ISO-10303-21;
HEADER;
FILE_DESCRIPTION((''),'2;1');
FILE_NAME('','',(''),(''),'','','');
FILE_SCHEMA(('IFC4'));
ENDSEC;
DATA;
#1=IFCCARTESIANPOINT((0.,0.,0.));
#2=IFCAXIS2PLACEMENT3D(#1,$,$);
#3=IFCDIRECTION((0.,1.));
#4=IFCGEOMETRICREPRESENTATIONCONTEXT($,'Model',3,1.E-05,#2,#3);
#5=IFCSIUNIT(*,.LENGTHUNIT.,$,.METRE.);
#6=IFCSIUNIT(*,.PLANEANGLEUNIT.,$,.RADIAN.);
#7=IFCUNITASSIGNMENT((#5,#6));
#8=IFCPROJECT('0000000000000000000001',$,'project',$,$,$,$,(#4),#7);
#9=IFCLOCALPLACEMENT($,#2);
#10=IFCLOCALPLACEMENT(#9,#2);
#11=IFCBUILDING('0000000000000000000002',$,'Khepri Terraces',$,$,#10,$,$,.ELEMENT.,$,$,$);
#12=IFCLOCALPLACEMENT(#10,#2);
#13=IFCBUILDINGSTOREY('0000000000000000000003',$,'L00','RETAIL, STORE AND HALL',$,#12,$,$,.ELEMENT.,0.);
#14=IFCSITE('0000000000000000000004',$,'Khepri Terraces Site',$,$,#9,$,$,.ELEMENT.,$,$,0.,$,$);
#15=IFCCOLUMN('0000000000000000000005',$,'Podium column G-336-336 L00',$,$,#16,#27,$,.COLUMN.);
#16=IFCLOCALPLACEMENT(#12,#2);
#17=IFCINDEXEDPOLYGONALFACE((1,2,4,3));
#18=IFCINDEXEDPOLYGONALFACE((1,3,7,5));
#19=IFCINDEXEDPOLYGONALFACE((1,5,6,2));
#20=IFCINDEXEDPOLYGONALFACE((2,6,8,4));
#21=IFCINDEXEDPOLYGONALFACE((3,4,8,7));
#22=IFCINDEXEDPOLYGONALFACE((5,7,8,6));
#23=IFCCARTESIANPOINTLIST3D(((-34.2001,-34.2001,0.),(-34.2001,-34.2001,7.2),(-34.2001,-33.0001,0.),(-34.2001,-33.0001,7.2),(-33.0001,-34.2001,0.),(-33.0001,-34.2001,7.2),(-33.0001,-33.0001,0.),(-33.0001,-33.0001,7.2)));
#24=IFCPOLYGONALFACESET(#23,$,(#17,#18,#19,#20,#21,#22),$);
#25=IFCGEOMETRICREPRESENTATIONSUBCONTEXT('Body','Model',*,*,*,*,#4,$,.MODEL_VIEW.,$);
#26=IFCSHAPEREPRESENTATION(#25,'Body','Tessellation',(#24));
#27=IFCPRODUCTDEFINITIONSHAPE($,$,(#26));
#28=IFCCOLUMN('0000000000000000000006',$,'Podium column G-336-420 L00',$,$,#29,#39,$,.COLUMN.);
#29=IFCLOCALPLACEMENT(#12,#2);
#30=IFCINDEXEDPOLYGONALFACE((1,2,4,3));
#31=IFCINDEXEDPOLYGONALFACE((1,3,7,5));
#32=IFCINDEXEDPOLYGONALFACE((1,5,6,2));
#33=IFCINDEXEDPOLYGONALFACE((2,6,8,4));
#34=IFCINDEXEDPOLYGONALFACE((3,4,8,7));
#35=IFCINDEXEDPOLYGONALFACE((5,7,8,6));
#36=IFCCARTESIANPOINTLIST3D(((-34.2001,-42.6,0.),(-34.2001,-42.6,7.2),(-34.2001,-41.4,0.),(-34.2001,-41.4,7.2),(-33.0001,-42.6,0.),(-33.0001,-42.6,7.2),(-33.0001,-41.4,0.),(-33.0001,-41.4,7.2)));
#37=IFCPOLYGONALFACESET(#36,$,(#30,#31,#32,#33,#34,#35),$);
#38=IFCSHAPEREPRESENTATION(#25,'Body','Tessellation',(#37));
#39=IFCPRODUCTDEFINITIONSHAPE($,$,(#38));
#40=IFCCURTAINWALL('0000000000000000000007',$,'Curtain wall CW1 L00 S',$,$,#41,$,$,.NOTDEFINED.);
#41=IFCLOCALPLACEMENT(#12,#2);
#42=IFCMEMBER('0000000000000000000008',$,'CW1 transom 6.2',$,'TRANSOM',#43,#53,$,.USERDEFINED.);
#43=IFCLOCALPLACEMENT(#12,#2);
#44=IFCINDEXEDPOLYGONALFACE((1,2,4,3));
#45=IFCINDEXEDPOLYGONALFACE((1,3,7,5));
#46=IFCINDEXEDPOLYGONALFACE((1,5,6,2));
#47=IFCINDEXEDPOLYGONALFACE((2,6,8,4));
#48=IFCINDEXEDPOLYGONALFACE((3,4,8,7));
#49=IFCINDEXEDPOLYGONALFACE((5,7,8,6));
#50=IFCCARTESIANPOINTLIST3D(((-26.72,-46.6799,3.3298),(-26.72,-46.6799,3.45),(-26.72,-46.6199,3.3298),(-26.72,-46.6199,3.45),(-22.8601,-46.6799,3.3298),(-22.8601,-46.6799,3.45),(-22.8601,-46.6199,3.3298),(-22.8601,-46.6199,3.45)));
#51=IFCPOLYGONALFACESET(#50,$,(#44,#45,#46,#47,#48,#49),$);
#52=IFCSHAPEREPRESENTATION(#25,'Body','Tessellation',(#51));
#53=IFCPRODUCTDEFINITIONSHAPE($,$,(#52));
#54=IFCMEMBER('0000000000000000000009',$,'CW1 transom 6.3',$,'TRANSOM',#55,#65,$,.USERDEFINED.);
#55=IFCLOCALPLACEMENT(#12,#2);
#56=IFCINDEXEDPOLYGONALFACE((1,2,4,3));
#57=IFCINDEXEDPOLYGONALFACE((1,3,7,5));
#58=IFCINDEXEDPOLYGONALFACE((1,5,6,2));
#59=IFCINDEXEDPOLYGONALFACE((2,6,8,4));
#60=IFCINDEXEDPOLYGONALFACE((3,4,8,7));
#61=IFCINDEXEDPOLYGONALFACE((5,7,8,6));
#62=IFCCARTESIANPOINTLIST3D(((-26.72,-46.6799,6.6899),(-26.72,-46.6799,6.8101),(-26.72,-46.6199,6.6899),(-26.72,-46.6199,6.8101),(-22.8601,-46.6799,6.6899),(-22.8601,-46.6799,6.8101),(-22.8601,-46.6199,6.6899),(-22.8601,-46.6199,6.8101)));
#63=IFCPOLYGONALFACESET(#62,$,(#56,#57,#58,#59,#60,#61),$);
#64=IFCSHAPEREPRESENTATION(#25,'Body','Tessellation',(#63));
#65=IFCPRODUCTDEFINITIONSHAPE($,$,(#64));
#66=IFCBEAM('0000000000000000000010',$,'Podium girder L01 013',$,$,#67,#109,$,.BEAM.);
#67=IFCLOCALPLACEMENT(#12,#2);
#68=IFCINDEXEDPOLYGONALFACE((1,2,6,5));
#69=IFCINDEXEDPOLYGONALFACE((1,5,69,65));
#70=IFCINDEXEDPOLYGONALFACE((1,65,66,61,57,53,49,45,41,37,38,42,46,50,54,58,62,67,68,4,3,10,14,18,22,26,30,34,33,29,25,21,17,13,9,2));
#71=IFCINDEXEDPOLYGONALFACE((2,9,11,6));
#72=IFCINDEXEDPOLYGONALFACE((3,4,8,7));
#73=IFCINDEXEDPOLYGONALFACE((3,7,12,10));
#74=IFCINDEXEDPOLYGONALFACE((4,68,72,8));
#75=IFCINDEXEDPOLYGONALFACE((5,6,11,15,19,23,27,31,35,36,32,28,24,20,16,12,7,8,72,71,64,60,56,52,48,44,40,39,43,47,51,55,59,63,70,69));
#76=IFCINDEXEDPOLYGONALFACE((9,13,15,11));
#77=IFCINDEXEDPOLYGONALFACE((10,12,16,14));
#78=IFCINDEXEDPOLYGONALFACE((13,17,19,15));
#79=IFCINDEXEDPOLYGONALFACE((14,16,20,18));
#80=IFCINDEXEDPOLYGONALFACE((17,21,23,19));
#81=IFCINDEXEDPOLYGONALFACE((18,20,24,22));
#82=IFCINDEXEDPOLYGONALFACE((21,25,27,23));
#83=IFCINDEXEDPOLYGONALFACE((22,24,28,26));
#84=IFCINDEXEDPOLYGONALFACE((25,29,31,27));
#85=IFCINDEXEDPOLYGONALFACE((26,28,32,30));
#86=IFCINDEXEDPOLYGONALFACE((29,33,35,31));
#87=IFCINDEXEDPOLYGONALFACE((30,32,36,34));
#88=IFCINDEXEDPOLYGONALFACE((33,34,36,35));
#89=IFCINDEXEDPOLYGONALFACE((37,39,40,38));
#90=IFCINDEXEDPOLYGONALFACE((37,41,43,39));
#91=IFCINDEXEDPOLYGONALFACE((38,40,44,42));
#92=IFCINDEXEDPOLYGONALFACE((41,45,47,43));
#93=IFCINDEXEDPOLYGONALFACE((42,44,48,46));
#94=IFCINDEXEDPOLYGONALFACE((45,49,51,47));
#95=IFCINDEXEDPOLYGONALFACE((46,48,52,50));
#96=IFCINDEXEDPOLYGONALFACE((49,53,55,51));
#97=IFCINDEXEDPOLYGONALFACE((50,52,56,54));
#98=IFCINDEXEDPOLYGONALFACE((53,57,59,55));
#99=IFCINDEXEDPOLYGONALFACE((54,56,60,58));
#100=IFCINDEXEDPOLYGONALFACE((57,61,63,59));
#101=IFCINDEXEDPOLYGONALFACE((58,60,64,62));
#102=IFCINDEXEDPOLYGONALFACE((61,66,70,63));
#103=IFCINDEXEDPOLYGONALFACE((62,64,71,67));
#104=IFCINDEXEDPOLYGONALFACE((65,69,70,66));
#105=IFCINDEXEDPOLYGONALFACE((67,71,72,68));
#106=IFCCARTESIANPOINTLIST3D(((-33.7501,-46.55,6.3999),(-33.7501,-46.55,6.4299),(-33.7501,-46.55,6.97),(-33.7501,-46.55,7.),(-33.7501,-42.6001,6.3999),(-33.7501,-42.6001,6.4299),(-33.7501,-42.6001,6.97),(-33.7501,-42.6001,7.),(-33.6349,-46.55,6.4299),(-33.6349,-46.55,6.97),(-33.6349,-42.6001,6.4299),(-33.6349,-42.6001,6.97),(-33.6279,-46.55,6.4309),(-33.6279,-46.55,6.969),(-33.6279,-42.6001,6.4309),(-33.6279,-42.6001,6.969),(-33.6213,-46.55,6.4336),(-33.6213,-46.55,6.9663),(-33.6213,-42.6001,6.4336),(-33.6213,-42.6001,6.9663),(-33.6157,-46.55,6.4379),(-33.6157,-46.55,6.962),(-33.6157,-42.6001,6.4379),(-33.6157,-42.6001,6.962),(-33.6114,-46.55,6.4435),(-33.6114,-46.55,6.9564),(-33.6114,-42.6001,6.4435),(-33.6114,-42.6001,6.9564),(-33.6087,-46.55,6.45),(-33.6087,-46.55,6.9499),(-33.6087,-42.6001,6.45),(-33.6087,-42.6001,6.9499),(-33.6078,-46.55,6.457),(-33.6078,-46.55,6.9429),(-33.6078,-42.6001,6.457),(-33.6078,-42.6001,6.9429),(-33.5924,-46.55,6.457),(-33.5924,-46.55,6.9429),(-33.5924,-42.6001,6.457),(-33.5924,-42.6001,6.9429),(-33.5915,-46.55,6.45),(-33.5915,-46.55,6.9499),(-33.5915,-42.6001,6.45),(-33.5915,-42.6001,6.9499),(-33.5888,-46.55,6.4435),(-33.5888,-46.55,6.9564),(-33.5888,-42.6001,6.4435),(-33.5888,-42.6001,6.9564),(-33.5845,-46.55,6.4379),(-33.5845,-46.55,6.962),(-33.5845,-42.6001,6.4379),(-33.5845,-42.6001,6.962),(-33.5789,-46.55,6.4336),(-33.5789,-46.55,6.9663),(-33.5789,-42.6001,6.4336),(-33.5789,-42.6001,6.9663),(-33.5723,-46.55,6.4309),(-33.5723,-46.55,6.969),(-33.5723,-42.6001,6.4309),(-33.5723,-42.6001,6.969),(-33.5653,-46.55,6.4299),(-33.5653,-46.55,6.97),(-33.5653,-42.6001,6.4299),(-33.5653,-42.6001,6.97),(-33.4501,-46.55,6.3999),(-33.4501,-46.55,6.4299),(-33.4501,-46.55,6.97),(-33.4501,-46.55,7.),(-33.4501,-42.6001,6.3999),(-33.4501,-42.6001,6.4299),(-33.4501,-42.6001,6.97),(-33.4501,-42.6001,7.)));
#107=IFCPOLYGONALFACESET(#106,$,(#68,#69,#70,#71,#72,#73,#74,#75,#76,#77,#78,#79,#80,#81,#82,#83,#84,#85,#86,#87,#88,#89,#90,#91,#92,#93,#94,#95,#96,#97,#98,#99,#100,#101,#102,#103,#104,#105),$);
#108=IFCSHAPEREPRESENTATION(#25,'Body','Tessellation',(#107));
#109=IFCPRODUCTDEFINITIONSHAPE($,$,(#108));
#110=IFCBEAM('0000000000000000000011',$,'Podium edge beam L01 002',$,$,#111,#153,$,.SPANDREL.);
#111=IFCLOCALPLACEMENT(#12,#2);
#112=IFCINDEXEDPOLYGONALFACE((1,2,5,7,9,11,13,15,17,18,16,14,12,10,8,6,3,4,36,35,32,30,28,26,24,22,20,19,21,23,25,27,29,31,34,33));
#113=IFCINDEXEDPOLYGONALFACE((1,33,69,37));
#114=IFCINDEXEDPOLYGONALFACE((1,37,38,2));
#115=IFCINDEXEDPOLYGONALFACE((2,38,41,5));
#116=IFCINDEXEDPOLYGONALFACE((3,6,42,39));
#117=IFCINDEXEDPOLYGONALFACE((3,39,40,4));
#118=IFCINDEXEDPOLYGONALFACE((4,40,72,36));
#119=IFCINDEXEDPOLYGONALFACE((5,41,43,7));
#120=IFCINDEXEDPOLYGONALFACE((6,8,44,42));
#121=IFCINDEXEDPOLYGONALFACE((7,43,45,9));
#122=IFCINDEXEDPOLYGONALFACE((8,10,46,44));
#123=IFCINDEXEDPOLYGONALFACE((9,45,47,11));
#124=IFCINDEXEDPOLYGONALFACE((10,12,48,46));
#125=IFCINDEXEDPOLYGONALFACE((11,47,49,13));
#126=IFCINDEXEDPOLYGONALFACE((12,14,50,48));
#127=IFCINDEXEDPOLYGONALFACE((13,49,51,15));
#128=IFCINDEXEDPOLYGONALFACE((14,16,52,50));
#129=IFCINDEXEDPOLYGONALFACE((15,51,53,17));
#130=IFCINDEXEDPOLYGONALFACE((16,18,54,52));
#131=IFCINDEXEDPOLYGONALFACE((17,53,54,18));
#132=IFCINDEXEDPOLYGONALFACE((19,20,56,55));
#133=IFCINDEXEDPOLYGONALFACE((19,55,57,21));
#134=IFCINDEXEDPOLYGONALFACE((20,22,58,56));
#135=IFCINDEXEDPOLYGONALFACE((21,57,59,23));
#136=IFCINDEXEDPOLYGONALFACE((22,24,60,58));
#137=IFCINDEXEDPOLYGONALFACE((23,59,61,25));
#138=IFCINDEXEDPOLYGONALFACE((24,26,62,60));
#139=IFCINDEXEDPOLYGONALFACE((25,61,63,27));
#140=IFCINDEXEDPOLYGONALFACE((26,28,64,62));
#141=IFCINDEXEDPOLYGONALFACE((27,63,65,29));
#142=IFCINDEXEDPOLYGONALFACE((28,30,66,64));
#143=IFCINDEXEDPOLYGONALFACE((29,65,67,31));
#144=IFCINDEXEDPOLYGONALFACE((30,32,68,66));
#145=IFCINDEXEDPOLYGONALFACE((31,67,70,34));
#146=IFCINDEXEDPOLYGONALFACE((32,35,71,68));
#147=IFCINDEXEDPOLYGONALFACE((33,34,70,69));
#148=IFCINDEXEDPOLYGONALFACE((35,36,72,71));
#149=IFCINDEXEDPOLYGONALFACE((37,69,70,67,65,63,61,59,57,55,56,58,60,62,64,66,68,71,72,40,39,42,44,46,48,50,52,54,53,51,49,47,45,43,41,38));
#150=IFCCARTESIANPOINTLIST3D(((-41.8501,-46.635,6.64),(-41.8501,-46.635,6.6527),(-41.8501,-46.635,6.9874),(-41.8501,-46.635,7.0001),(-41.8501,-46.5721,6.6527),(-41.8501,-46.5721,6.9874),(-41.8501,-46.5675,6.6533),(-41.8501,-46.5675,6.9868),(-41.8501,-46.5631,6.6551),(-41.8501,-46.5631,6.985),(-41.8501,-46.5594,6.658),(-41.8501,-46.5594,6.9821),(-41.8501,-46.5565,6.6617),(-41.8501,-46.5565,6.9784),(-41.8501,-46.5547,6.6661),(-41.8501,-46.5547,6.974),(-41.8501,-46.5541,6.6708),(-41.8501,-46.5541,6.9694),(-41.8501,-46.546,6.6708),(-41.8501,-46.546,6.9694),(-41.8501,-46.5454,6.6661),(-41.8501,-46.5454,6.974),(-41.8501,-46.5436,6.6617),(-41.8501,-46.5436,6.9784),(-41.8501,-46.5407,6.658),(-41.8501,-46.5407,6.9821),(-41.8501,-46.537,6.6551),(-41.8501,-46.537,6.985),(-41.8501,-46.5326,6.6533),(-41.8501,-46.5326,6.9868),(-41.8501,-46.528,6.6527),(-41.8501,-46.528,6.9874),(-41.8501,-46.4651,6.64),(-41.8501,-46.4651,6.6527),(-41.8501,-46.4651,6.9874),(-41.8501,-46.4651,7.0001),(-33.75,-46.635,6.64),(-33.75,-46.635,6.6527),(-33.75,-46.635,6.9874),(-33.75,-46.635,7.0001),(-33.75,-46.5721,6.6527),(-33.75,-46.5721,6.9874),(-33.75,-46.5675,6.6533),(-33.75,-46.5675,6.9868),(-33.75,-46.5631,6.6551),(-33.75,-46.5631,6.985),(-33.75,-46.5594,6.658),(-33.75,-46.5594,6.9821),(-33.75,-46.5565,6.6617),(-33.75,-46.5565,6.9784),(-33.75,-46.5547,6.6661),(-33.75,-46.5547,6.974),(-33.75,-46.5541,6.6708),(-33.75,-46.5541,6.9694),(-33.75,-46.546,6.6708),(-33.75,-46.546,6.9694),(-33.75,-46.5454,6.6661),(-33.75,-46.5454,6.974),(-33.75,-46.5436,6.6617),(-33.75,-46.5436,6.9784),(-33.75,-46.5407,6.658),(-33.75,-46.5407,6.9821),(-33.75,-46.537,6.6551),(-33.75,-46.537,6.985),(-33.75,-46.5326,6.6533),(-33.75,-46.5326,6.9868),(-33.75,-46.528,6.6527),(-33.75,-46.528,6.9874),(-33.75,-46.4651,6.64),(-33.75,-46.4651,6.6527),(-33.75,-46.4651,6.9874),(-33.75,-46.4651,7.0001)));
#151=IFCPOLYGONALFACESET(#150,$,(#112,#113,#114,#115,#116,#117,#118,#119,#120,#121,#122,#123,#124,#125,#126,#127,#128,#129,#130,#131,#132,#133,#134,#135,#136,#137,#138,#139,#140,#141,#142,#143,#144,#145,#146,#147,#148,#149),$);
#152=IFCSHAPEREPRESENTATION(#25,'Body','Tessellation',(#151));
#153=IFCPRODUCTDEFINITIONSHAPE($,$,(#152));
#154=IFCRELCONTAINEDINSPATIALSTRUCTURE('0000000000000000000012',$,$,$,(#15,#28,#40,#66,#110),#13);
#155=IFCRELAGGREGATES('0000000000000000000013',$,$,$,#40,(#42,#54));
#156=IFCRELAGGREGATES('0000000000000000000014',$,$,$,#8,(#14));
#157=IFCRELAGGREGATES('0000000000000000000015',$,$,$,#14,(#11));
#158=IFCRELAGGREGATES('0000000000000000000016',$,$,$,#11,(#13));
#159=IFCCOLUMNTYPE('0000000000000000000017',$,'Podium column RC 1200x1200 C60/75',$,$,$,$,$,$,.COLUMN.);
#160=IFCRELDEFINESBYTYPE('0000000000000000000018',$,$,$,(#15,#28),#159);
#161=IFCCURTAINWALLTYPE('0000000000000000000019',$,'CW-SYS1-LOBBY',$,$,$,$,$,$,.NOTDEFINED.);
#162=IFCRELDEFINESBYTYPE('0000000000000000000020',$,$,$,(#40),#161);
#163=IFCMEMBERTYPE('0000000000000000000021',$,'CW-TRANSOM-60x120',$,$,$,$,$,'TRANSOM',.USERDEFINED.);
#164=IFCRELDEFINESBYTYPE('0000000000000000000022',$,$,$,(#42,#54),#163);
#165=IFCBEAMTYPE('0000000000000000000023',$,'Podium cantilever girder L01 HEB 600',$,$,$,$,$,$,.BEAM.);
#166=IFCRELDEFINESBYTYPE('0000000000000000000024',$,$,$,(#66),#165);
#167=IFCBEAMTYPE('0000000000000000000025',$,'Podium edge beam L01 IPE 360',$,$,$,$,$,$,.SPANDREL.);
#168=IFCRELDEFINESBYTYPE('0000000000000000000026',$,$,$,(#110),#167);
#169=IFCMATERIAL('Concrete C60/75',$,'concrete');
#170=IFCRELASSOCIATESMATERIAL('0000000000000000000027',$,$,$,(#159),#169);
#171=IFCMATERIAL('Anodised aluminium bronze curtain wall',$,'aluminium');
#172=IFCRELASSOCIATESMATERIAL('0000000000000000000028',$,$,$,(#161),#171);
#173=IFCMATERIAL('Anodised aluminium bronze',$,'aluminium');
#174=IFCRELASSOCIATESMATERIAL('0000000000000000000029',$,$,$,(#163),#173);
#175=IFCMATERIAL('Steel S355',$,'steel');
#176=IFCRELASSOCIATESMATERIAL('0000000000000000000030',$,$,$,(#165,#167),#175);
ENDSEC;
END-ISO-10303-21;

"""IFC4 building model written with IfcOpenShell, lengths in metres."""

from ifc_helpers import new_model, si_unit, direction, frame, origin, origin_2d, place, context, subcontext, project, spatial, rectangle, i_section, extrude, material, material_profile, profile_set, type_object, element, aggregate, save


model = new_model("IFC4")

# Units and contexts
model_context = context("Model", 3, precision=1e-05, world=origin(), true_north=direction((0.0, 1.0)))
body_context = subcontext(model_context, "Body", "Model", "MODEL_VIEW")
ifc_project = project(units=[si_unit("LENGTHUNIT", "METRE"), si_unit("PLANEANGLEUNIT", "RADIAN")], contexts=[model_context])

# Site, building, storey
site_placement = place(None, origin())
site = spatial("IfcSite", under=ifc_project, at=site_placement, Name="Khepri Terraces Site", CompositionType="ELEMENT", RefElevation=0.0)
building_placement = place(site_placement, origin())
building = spatial("IfcBuilding", under=site, at=building_placement, Name="Khepri Terraces", CompositionType="ELEMENT")
storey_placement = place(building_placement, origin())
storey = spatial("IfcBuildingStorey", under=building, at=storey_placement, Name="L00", Description="RETAIL, STORE AND HALL", CompositionType="ELEMENT", Elevation=0.0)

# Columns
ifc_material_1 = material(Name="Concrete C60/75", Category="concrete")
ifc_material_profile_1 = material_profile(ifc_material_1, rectangle(XDim=1.2, YDim=1.2, at=origin_2d()), Name="Concrete C60/75", Category="concrete")
ifc_profile_set_1 = profile_set([ifc_material_profile_1], Name="Concrete C60/75")
column_type = type_object("IfcColumnType", Name="Podium column RC 1200x1200 C60/75", PredefinedType="COLUMN", material=ifc_profile_set_1)
for number, where, z_axis, x_axis, name in (
    (1, (-33.6001, -33.6001, 0.0), (0.0, 0.0, 1.0), (1.0, 0.0, 0.0), "Podium column G-336-336 L00"),
    (2, (-33.6001, -42.0, 0.0), (0.0, 0.0, 1.0), (1.0, 0.0, 0.0), "Podium column G-336-420 L00"),
):
    element("IfcColumn", number, at=place(storey_placement, frame(where, z_axis=z_axis, x_axis=x_axis)), inside=storey, type_object=column_type, Name=name, PredefinedType="COLUMN", context=body_context, shape_type="SweptSolid", body=[
        extrude(rectangle(XDim=1.2, YDim=1.2, at=origin_2d()), origin(), (0.0, 0.0, 1.0), 7.2),
    ])

# Curtain wall, members
ifc_material_2 = material(Name="Anodised aluminium bronze curtain wall", Category="aluminium")
curtain_wall_type = type_object("IfcCurtainWallType", Name="CW-SYS1-LOBBY", PredefinedType="NOTDEFINED", material=ifc_material_2)
curtain_wall_placement = place(storey_placement, origin())
curtain_wall = element("IfcCurtainWall", 3, at=curtain_wall_placement, inside=storey, type_object=curtain_wall_type, Name="Curtain wall CW1 L00 S", PredefinedType="NOTDEFINED")
ifc_material_3 = material(Name="Anodised aluminium bronze", Category="aluminium")
ifc_material_profile_2 = material_profile(ifc_material_3, rectangle(XDim=0.0601, YDim=0.1201, at=origin_2d()), Name="Anodised aluminium bronze", Category="aluminium")
ifc_profile_set_2 = profile_set([ifc_material_profile_2], Name="Anodised aluminium bronze")
member_type = type_object("IfcMemberType", Name="CW-TRANSOM-60x120", ElementType="TRANSOM", PredefinedType="USERDEFINED", material=ifc_profile_set_2)
member_1_placement = place(storey_placement, frame((-26.72, -46.6499, 3.3899), z_axis=(1.0, 0.0, 0.0), x_axis=(0.0, 1.0, 0.0)))
member_1 = element("IfcMember", 4, at=member_1_placement, type_object=member_type, Name="CW1 transom 6.2", ObjectType="TRANSOM", PredefinedType="USERDEFINED", context=body_context, shape_type="SweptSolid", body=[
    extrude(rectangle(XDim=0.0601, YDim=0.1201, at=origin_2d()), origin(), (0.0, 0.0, 1.0), 3.8599),
])
member_2_placement = place(storey_placement, frame((-26.72, -46.6499, 6.75), z_axis=(1.0, 0.0, 0.0), x_axis=(0.0, 1.0, 0.0)))
member_2 = element("IfcMember", 5, at=member_2_placement, type_object=member_type, Name="CW1 transom 6.3", ObjectType="TRANSOM", PredefinedType="USERDEFINED", context=body_context, shape_type="SweptSolid", body=[
    extrude(rectangle(XDim=0.0601, YDim=0.1201, at=origin_2d()), origin(), (0.0, 0.0, 1.0), 3.8599),
])
aggregate(curtain_wall, [member_1, member_2])

# Beams
ifc_material_4 = material(Name="Steel S355", Category="steel")
ifc_material_profile_3 = material_profile(ifc_material_4, i_section(OverallWidth=0.3, OverallDepth=0.6001, WebThickness=0.0154, FlangeThickness=0.03, FilletRadius=0.0271, at=origin_2d()), Name="Steel S355", Category="steel")
ifc_profile_set_3 = profile_set([ifc_material_profile_3], Name="Steel S355")
beam_type_1 = type_object("IfcBeamType", Name="Podium cantilever girder L01 HEB 600", PredefinedType="BEAM", material=ifc_profile_set_3)
beam_1_placement = place(storey_placement, frame((-33.6001, -46.55, 6.7), z_axis=(0.0, 1.0, 0.0), x_axis=(-1.0, 0.0, 0.0)))
element("IfcBeam", 6, at=beam_1_placement, inside=storey, type_object=beam_type_1, Name="Podium girder L01 013", PredefinedType="BEAM", context=body_context, shape_type="SweptSolid", body=[
    extrude(i_section(OverallWidth=0.3, OverallDepth=0.6001, WebThickness=0.0154, FlangeThickness=0.03, FilletRadius=0.0271, at=origin_2d()), origin(), (0.0, 0.0, 1.0), 3.95),
])
ifc_material_profile_4 = material_profile(ifc_material_4, i_section(OverallWidth=0.1699, OverallDepth=0.3601, WebThickness=0.0081, FlangeThickness=0.0127, FilletRadius=0.0181, at=origin_2d()), Name="Steel S355", Category="steel")
ifc_profile_set_4 = profile_set([ifc_material_profile_4], Name="Steel S355")
beam_type_2 = type_object("IfcBeamType", Name="Podium edge beam L01 IPE 360", PredefinedType="SPANDREL", material=ifc_profile_set_4)
beam_2_placement = place(storey_placement, frame((-41.8501, -46.55, 6.8201), z_axis=(1.0, 0.0, 0.0), x_axis=(0.0, 1.0, 0.0)))
element("IfcBeam", 7, at=beam_2_placement, inside=storey, type_object=beam_type_2, Name="Podium edge beam L01 002", PredefinedType="SPANDREL", context=body_context, shape_type="SweptSolid", body=[
    extrude(i_section(OverallWidth=0.1699, OverallDepth=0.3601, WebThickness=0.0081, FlangeThickness=0.0127, FilletRadius=0.0181, at=origin_2d()), origin(), (0.0, 0.0, 1.0), 8.1001),
])

save(model, "model.ifc")
